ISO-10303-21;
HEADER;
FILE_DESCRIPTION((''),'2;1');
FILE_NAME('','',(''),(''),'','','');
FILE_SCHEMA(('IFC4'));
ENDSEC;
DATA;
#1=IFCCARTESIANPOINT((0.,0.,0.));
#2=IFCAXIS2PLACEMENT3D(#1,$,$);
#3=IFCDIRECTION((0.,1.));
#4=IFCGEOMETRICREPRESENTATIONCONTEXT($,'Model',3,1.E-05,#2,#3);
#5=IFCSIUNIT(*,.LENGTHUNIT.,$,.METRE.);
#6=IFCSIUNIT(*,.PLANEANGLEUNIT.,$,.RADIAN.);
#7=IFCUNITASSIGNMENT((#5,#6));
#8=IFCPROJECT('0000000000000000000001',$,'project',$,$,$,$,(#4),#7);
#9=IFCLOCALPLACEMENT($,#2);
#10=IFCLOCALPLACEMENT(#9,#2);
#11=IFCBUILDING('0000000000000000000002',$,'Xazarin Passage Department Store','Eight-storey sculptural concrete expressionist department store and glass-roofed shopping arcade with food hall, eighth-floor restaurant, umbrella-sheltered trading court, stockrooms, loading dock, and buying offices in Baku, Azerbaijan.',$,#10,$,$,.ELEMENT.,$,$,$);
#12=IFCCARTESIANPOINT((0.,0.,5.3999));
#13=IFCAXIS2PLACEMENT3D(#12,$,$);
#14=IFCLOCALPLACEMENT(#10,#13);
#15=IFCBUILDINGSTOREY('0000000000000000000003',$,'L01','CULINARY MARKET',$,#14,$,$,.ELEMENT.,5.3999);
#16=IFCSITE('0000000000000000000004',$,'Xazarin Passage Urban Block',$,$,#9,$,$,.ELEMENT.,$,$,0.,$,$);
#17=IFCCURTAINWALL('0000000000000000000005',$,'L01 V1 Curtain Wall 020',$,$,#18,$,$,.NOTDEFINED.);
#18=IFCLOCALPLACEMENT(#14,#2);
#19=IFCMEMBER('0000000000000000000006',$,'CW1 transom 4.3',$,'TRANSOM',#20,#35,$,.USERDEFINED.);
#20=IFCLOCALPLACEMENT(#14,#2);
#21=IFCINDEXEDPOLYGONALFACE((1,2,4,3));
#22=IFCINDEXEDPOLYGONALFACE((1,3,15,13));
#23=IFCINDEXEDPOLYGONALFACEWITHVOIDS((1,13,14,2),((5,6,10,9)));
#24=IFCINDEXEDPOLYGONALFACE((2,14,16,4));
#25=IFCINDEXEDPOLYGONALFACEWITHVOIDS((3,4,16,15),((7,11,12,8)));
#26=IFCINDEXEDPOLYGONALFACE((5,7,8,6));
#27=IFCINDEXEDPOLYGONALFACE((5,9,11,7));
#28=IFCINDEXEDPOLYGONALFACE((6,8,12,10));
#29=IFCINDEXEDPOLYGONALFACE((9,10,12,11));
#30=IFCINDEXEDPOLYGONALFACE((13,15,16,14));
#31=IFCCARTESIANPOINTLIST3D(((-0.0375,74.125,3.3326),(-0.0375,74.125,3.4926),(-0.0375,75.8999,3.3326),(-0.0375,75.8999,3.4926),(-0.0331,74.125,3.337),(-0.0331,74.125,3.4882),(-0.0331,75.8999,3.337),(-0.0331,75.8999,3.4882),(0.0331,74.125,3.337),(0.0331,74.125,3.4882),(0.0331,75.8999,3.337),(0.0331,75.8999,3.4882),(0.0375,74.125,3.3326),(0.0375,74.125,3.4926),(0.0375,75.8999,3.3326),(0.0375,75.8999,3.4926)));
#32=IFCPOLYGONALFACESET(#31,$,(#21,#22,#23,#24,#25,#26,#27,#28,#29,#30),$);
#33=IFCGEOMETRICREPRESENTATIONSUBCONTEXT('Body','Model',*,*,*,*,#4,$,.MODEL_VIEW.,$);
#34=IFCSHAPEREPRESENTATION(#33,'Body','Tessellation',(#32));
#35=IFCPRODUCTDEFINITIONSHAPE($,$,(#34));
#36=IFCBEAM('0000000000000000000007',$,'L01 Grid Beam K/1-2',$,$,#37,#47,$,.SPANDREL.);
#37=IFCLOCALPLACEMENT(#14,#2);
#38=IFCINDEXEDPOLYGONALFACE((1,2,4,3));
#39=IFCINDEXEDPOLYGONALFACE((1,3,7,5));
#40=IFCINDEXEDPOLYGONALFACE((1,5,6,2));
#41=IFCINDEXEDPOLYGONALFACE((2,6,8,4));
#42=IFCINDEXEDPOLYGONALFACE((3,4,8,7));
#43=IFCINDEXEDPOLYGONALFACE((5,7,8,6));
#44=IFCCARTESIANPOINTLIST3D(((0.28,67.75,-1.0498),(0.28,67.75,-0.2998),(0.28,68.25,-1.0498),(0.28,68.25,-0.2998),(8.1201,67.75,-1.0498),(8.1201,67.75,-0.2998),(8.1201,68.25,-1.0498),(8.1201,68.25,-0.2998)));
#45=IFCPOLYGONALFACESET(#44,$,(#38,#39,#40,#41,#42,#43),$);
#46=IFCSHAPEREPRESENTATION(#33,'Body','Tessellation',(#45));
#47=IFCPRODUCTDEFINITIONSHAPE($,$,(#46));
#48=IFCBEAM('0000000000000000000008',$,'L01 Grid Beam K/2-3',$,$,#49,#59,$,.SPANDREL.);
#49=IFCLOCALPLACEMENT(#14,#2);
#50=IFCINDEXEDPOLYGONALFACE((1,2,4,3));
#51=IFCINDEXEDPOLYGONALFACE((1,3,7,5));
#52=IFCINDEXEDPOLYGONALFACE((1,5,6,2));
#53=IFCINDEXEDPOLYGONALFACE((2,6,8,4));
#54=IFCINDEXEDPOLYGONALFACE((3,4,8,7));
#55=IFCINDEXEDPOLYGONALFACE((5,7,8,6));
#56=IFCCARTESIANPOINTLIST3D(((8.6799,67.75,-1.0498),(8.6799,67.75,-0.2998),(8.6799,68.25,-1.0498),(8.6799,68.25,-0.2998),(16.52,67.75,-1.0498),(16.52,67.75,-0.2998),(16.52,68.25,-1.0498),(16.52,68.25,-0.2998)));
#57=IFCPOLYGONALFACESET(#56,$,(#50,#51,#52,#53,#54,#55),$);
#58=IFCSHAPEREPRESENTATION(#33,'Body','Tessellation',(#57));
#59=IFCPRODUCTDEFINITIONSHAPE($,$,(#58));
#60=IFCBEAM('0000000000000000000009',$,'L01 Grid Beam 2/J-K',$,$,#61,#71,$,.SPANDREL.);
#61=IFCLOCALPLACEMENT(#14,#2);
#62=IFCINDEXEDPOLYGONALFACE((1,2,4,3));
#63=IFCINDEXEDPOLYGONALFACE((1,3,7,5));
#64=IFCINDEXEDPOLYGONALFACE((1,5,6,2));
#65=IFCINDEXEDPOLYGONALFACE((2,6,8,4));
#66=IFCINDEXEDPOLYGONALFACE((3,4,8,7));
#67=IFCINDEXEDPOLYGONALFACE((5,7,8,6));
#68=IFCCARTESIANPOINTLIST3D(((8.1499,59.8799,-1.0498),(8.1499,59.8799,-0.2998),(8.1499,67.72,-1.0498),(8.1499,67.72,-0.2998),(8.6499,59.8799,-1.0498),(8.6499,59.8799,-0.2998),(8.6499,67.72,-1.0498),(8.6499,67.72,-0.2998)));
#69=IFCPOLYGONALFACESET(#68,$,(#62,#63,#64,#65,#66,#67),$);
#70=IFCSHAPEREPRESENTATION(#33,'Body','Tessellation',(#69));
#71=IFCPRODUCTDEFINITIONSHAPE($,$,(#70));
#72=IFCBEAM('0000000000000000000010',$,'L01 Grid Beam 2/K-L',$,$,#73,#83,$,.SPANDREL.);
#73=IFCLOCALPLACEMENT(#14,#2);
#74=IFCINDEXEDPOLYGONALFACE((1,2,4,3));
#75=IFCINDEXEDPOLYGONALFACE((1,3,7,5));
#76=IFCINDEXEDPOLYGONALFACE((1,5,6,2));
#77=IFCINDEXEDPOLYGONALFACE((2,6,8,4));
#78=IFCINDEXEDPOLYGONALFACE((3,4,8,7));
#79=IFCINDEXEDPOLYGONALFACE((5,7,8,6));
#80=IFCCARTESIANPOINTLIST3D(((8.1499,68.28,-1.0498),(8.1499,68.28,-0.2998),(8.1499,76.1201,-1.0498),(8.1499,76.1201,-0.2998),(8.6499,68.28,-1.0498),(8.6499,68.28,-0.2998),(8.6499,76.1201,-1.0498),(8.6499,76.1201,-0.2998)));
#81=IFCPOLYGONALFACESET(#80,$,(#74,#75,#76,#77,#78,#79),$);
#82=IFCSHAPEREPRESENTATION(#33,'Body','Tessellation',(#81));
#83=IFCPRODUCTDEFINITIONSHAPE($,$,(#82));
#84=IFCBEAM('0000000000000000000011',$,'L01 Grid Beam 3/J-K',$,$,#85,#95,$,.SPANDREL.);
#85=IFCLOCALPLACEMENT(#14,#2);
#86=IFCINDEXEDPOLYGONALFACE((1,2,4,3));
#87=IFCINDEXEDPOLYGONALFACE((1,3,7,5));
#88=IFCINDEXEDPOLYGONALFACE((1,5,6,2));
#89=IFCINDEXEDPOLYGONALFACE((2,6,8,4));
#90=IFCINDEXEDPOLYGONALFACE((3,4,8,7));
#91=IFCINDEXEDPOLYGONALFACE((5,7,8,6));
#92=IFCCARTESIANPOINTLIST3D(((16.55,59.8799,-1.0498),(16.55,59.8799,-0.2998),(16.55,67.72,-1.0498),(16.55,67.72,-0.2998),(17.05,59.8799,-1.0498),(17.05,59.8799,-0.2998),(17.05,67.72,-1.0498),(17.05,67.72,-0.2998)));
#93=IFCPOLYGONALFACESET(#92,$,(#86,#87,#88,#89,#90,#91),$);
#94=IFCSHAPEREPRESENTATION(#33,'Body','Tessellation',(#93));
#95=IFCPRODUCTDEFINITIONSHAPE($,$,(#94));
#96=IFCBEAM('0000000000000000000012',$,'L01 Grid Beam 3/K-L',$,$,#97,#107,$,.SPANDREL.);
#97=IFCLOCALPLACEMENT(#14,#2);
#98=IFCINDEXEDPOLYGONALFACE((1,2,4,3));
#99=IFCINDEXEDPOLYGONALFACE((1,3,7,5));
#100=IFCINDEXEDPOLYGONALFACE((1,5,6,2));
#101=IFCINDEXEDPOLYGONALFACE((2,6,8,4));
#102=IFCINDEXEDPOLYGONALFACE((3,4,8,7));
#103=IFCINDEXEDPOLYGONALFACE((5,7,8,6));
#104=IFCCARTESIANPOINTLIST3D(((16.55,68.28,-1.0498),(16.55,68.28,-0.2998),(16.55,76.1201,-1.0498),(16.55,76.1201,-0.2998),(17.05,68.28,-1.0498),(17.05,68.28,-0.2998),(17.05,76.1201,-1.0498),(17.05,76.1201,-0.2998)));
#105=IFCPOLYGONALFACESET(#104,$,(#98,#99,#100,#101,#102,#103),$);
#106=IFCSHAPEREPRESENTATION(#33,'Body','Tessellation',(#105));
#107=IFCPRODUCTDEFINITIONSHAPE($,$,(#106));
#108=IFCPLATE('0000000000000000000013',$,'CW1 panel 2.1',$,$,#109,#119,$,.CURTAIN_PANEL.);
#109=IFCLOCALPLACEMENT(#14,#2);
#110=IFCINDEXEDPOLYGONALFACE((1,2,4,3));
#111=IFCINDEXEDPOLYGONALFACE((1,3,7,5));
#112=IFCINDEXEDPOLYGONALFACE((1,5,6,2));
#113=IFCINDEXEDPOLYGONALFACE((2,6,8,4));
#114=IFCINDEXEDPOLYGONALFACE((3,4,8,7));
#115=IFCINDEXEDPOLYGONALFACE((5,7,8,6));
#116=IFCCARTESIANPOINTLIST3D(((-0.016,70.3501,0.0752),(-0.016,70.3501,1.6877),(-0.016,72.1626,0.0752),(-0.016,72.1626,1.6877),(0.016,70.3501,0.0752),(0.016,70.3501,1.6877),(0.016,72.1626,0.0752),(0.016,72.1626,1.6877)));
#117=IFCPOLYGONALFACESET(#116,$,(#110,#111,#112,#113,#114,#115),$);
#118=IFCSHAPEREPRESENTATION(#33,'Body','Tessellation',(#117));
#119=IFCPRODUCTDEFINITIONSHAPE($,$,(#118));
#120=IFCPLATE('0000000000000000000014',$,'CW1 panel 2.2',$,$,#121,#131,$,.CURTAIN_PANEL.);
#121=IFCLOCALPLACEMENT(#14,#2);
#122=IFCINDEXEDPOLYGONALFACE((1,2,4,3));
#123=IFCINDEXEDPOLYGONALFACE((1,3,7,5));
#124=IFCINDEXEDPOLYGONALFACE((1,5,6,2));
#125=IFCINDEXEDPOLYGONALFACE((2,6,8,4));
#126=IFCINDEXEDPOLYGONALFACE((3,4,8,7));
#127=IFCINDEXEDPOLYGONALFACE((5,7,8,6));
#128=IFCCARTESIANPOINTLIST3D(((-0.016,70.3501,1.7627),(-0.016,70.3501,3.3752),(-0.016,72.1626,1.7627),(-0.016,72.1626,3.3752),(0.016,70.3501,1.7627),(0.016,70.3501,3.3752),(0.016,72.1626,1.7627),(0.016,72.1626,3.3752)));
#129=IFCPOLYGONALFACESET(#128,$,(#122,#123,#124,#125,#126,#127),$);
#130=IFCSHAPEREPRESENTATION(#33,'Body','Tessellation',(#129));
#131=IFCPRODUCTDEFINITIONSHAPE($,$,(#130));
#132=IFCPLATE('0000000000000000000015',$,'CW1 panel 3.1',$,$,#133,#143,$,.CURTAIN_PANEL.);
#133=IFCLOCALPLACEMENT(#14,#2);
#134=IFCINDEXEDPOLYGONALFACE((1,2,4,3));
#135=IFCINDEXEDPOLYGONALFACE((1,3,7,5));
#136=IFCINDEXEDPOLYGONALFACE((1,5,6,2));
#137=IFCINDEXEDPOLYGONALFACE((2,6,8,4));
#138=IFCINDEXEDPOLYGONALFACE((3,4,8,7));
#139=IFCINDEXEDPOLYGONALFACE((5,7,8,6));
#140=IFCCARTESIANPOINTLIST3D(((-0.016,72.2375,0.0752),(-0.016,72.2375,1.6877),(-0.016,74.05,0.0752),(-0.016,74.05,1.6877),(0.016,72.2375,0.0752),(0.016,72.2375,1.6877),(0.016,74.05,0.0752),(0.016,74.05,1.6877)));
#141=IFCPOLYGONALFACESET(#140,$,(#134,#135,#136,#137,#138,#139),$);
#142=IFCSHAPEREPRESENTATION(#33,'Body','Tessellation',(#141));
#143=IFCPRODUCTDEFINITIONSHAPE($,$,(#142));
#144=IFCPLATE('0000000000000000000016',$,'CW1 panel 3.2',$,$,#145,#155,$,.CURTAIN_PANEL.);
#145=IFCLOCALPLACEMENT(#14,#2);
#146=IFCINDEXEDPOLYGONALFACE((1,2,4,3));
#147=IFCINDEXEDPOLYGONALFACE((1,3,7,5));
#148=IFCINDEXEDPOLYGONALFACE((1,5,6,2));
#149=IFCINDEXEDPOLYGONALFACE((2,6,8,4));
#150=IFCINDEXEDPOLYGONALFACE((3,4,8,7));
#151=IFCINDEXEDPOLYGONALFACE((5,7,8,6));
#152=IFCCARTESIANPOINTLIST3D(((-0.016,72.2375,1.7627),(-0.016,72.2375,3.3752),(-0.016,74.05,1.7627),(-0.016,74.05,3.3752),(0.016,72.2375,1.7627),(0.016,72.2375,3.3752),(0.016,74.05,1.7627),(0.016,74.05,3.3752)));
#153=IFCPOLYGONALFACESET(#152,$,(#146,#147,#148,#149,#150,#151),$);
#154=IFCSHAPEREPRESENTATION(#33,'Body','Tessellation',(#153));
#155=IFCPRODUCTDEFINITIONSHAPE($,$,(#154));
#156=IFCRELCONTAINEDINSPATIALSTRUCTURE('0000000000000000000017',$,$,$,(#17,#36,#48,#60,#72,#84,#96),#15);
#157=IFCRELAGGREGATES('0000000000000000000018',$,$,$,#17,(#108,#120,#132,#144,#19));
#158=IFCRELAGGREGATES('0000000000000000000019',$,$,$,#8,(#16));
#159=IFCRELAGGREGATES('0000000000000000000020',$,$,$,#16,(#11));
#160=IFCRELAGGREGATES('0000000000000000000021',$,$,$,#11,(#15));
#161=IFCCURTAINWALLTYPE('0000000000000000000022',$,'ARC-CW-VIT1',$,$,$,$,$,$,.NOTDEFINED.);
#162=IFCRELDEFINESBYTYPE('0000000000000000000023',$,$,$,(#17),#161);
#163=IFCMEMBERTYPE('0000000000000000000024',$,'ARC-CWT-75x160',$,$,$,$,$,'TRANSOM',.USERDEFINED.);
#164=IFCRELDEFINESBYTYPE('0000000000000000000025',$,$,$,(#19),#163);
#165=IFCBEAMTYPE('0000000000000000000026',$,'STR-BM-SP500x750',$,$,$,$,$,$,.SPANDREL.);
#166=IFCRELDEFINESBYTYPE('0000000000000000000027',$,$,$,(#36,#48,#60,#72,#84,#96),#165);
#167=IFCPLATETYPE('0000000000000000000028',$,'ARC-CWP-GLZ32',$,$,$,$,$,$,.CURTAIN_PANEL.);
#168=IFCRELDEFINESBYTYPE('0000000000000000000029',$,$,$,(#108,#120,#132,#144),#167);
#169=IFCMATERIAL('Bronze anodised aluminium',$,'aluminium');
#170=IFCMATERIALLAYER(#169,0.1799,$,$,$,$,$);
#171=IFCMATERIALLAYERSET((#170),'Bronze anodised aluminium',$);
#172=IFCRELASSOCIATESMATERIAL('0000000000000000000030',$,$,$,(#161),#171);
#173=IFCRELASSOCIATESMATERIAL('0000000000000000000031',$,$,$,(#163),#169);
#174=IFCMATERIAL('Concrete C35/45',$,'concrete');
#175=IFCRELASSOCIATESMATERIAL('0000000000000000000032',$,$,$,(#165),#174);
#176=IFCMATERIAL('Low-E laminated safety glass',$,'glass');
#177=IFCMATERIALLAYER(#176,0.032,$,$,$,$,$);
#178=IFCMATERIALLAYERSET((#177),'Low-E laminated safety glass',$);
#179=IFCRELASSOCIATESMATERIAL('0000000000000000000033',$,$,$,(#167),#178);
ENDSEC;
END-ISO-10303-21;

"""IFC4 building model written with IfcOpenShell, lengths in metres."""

from ifc_helpers import new_model, si_unit, direction, frame, origin, origin_2d, place, context, subcontext, project, spatial, rectangle, hollow_rectangle, extrude, material, layer, layer_set, material_profile, profile_set, type_object, element, aggregate, save


model = new_model("IFC4")

# Units and contexts
model_context = context("Model", 3, precision=1e-05, world=origin(), true_north=direction((0.0, 1.0)))
body_context = subcontext(model_context, "Body", "Model", "MODEL_VIEW")
ifc_project = project(units=[si_unit("LENGTHUNIT", "METRE"), si_unit("PLANEANGLEUNIT", "RADIAN")], contexts=[model_context])

# Site, building, storey
site_placement = place(None, origin())
site = spatial("IfcSite", under=ifc_project, at=site_placement, Name="Xazarin Passage Urban Block", CompositionType="ELEMENT", RefElevation=0.0)
building_placement = place(site_placement, origin())
building = spatial("IfcBuilding", under=site, at=building_placement, Name="Xazarin Passage Department Store", Description="Eight-storey sculptural concrete expressionist department store and glass-roofed shopping arcade with food hall, eighth-floor restaurant, umbrella-sheltered trading court, stockrooms, loading dock, and buying offices in Baku, Azerbaijan.", CompositionType="ELEMENT")
storey_placement = place(building_placement, frame((0.0, 0.0, 5.3999)))
storey = spatial("IfcBuildingStorey", under=building, at=storey_placement, Name="L01", Description="CULINARY MARKET", CompositionType="ELEMENT", Elevation=5.3999)

# Curtain wall, member
ifc_material_1 = material(Name="Bronze anodised aluminium", Category="aluminium")
ifc_layer_1 = layer(ifc_material_1, 0.1799)
ifc_layer_set_1 = layer_set([ifc_layer_1], Name="Bronze anodised aluminium")
curtain_wall_type = type_object("IfcCurtainWallType", Name="ARC-CW-VIT1", PredefinedType="NOTDEFINED", material=ifc_layer_set_1)
curtain_wall_placement = place(storey_placement, origin())
curtain_wall = element("IfcCurtainWall", 1, at=curtain_wall_placement, inside=storey, type_object=curtain_wall_type, Name="L01 V1 Curtain Wall 020", PredefinedType="NOTDEFINED")
ifc_material_profile_1 = material_profile(ifc_material_1, hollow_rectangle(XDim=0.075, YDim=0.1599, WallThickness=0.0044, at=origin_2d()), Name="ALU 75x160")
ifc_profile_set_1 = profile_set([ifc_material_profile_1], Name="Bronze anodised aluminium")
member_type_1 = type_object("IfcMemberType", Name="ARC-CWT-75x160", ElementType="TRANSOM", PredefinedType="USERDEFINED", material=ifc_profile_set_1)
member_1_placement = place(storey_placement, frame((0.0, 74.125, 3.4126), z_axis=(0.0, 1.0, 0.0), x_axis=(-1.0, 0.0, 0.0)))
member_1 = element("IfcMember", 2, at=member_1_placement, type_object=member_type_1, Name="CW1 transom 4.3", ObjectType="TRANSOM", PredefinedType="USERDEFINED", context=body_context, shape_type="SweptSolid", body=[
    extrude(hollow_rectangle(XDim=0.075, YDim=0.1599, WallThickness=0.0044, at=origin_2d()), origin(), (0.0, 0.0, 1.0), 1.7749),
])

# Beams
ifc_material_2 = material(Name="Concrete C35/45", Category="concrete")
ifc_material_profile_2 = material_profile(ifc_material_2, rectangle(XDim=0.5, YDim=0.75, at=origin_2d()), Name="RC 500x750")
ifc_profile_set_2 = profile_set([ifc_material_profile_2], Name="Concrete C35/45")
beam_type = type_object("IfcBeamType", Name="STR-BM-SP500x750", PredefinedType="SPANDREL", material=ifc_profile_set_2)
for number, where, z_axis, x_axis, name in (
    (3, (0.28, 68.0, -0.6748), (1.0, 0.0, 0.0), (0.0, 1.0, 0.0), "L01 Grid Beam K/1-2"),
    (4, (8.6799, 68.0, -0.6748), (1.0, 0.0, 0.0), (0.0, 1.0, 0.0), "L01 Grid Beam K/2-3"),
    (5, (8.3999, 59.8799, -0.6748), (0.0, 1.0, 0.0), (-1.0, 0.0, 0.0), "L01 Grid Beam 2/J-K"),
    (6, (8.3999, 68.28, -0.6748), (0.0, 1.0, 0.0), (-1.0, 0.0, 0.0), "L01 Grid Beam 2/K-L"),
    (7, (16.8, 59.8799, -0.6748), (0.0, 1.0, 0.0), (-1.0, 0.0, 0.0), "L01 Grid Beam 3/J-K"),
    (8, (16.8, 68.28, -0.6748), (0.0, 1.0, 0.0), (-1.0, 0.0, 0.0), "L01 Grid Beam 3/K-L"),
):
    element("IfcBeam", number, at=place(storey_placement, frame(where, z_axis=z_axis, x_axis=x_axis)), inside=storey, type_object=beam_type, Name=name, PredefinedType="SPANDREL", context=body_context, shape_type="SweptSolid", body=[
        extrude(rectangle(XDim=0.5, YDim=0.75, at=origin_2d()), origin(), (0.0, 0.0, 1.0), 7.8401),
    ])

# Plates
ifc_material_3 = material(Name="Low-E laminated safety glass", Category="glass")
ifc_layer_2 = layer(ifc_material_3, 0.032)
ifc_layer_set_2 = layer_set([ifc_layer_2], Name="Low-E laminated safety glass")
plate_type = type_object("IfcPlateType", Name="ARC-CWP-GLZ32", PredefinedType="CURTAIN_PANEL", material=ifc_layer_set_2)
plate_1_placement = place(storey_placement, frame((0.0, 71.2563, 0.0752), z_axis=(0.0, 0.0, 1.0), x_axis=(0.0, 1.0, 0.0)))
plate_1 = element("IfcPlate", 9, at=plate_1_placement, type_object=plate_type, Name="CW1 panel 2.1", PredefinedType="CURTAIN_PANEL", context=body_context, shape_type="SweptSolid", body=[
    extrude(rectangle(XDim=1.8125, YDim=0.032, at=origin_2d()), origin(), (0.0, 0.0, 1.0), 1.6125),
])
plate_2_placement = place(storey_placement, frame((0.0, 71.2563, 1.7627), z_axis=(0.0, 0.0, 1.0), x_axis=(0.0, 1.0, 0.0)))
plate_2 = element("IfcPlate", 10, at=plate_2_placement, type_object=plate_type, Name="CW1 panel 2.2", PredefinedType="CURTAIN_PANEL", context=body_context, shape_type="SweptSolid", body=[
    extrude(rectangle(XDim=1.8125, YDim=0.032, at=origin_2d()), origin(), (0.0, 0.0, 1.0), 1.6125),
])
plate_3_placement = place(storey_placement, frame((0.0, 73.1438, 0.0752), z_axis=(0.0, 0.0, 1.0), x_axis=(0.0, 1.0, 0.0)))
plate_3 = element("IfcPlate", 11, at=plate_3_placement, type_object=plate_type, Name="CW1 panel 3.1", PredefinedType="CURTAIN_PANEL", context=body_context, shape_type="SweptSolid", body=[
    extrude(rectangle(XDim=1.8125, YDim=0.032, at=origin_2d()), origin(), (0.0, 0.0, 1.0), 1.6125),
])
plate_4_placement = place(storey_placement, frame((0.0, 73.1438, 1.7627), z_axis=(0.0, 0.0, 1.0), x_axis=(0.0, 1.0, 0.0)))
plate_4 = element("IfcPlate", 12, at=plate_4_placement, type_object=plate_type, Name="CW1 panel 3.2", PredefinedType="CURTAIN_PANEL", context=body_context, shape_type="SweptSolid", body=[
    extrude(rectangle(XDim=1.8125, YDim=0.032, at=origin_2d()), origin(), (0.0, 0.0, 1.0), 1.6125),
])
aggregate(curtain_wall, [plate_1, plate_2, plate_3, plate_4, member_1])

save(model, "model.ifc")
